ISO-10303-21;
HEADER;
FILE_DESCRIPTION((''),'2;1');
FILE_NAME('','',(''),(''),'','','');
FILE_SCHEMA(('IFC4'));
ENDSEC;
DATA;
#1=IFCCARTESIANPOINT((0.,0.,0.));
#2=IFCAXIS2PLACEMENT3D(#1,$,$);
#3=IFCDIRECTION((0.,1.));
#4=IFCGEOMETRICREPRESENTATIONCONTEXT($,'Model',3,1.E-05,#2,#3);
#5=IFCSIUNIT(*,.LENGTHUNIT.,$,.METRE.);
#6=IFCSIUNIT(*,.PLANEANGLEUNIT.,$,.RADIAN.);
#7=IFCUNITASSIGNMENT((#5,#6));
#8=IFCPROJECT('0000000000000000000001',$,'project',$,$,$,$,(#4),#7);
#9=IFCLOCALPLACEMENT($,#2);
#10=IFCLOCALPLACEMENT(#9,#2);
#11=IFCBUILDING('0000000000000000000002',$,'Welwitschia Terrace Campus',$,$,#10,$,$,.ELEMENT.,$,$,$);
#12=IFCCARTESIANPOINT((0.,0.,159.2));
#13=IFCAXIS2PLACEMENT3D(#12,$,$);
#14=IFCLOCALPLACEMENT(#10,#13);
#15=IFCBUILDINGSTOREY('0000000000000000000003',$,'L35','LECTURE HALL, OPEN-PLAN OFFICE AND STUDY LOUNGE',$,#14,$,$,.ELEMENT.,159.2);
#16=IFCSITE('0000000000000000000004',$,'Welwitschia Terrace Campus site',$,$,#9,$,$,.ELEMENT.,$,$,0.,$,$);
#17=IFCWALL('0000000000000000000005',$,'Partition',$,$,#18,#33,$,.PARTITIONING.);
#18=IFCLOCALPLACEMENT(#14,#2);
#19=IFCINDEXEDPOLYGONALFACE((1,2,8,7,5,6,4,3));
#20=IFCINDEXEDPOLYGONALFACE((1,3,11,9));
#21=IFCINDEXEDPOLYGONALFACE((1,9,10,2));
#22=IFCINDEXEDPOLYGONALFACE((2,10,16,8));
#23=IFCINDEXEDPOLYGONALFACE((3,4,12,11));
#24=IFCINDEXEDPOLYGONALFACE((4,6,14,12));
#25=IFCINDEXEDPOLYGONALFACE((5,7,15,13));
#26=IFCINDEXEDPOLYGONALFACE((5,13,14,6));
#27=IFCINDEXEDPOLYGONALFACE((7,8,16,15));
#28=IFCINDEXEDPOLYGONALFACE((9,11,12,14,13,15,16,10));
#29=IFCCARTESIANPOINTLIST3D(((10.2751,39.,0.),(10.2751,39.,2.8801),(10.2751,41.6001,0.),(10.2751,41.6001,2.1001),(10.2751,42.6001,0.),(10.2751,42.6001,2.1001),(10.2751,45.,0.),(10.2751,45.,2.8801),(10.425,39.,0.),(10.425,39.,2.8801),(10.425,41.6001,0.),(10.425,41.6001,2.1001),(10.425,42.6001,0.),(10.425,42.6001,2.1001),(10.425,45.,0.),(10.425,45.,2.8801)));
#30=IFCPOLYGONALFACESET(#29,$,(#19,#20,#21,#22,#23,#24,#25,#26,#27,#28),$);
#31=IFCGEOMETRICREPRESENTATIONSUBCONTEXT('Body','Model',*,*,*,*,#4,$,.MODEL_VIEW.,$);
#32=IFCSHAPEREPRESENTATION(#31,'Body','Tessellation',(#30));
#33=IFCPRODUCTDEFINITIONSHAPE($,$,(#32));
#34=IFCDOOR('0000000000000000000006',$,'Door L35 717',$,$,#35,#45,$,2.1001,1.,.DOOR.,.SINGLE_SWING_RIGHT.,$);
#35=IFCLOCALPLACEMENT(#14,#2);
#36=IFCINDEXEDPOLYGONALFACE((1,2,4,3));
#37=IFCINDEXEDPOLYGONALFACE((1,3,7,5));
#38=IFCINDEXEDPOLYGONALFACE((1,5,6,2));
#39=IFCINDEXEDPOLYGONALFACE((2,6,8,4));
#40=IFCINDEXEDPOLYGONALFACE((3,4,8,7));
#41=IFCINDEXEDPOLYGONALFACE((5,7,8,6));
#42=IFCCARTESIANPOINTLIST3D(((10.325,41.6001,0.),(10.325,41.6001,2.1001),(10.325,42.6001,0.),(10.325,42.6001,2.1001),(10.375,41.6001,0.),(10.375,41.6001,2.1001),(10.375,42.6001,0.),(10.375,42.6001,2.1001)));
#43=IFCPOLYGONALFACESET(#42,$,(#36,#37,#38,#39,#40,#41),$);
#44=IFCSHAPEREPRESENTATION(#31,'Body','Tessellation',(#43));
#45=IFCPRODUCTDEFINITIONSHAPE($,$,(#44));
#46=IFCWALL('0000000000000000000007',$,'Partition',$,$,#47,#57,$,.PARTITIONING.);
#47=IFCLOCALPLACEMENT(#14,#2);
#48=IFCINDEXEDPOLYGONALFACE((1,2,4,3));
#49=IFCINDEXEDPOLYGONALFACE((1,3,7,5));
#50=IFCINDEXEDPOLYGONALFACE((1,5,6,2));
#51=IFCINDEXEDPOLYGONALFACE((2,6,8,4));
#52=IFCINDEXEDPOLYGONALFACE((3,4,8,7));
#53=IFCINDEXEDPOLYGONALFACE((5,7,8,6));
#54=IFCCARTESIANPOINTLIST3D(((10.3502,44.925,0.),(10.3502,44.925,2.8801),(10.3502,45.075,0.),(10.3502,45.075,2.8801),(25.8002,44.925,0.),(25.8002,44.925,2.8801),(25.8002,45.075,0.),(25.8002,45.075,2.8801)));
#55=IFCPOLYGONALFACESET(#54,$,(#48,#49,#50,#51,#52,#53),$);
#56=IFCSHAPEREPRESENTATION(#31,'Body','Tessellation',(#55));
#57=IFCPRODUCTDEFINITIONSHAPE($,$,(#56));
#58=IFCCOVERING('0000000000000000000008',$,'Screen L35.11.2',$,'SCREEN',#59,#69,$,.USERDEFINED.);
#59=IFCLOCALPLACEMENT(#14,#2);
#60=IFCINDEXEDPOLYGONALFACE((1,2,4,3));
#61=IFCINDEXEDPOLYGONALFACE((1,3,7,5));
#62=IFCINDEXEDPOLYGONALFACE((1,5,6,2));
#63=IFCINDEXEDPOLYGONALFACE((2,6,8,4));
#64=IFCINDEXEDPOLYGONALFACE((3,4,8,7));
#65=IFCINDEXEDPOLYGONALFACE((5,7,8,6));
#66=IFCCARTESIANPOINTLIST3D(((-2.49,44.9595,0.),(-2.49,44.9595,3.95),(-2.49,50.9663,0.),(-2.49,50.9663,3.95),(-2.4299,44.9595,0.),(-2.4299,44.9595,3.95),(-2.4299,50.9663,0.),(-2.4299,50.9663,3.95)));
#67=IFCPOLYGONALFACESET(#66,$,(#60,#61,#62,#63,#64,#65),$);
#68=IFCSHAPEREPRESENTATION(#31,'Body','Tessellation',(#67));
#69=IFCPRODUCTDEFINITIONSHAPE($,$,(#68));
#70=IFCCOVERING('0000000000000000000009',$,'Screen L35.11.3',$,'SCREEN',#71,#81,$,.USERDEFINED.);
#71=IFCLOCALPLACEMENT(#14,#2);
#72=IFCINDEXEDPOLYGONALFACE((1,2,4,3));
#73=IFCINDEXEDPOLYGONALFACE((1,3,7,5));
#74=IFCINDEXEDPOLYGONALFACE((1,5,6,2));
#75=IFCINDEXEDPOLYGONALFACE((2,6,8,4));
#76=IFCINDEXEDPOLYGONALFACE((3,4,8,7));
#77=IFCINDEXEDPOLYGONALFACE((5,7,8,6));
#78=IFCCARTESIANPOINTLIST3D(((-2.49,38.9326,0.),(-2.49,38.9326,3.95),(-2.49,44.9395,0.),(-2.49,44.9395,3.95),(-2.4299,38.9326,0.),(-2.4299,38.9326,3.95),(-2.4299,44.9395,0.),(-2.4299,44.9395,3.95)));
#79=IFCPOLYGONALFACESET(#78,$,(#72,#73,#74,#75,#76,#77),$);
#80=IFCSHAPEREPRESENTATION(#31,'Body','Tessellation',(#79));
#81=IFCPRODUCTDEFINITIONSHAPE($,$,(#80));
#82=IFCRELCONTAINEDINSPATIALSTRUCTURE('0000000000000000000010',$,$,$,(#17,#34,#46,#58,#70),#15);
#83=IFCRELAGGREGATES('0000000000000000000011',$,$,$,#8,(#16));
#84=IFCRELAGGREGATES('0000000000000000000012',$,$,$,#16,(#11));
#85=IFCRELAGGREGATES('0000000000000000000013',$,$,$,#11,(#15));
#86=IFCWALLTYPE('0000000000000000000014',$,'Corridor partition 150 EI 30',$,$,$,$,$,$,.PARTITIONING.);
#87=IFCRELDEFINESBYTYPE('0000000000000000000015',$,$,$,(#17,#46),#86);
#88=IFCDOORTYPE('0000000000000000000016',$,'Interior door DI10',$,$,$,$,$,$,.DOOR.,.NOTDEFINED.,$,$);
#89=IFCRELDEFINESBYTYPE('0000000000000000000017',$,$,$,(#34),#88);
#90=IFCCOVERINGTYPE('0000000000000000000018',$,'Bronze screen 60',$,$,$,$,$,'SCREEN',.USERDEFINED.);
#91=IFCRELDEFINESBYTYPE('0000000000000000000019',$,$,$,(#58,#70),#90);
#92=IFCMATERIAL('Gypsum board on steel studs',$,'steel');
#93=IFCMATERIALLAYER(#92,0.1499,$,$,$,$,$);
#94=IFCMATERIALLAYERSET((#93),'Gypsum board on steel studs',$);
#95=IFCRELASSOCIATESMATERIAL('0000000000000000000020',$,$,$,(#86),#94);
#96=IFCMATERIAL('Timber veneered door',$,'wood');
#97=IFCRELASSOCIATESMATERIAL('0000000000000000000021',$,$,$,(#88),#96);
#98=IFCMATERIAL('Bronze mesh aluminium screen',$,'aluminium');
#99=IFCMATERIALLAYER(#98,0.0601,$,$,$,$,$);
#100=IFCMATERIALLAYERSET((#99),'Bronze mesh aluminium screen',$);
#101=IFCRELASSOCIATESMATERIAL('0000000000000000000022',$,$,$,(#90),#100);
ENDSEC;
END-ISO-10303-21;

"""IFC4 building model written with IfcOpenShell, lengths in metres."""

from ifc_helpers import new_model, si_unit, direction, frame, frame_2d, origin, origin_2d, place, context, subcontext, project, spatial, rectangle, extrude, material, layer, layer_set, type_object, element, fill, save


model = new_model("IFC4")

# Units and contexts
model_context = context("Model", 3, precision=1e-05, world=origin(), true_north=direction((0.0, 1.0)))
body_context = subcontext(model_context, "Body", "Model", "MODEL_VIEW")
ifc_project = project(units=[si_unit("LENGTHUNIT", "METRE"), si_unit("PLANEANGLEUNIT", "RADIAN")], contexts=[model_context])

# Site, building, storey
site_placement = place(None, origin())
site = spatial("IfcSite", under=ifc_project, at=site_placement, Name="Welwitschia Terrace Campus site", CompositionType="ELEMENT", RefElevation=0.0)
building_placement = place(site_placement, origin())
building = spatial("IfcBuilding", under=site, at=building_placement, Name="Welwitschia Terrace Campus", CompositionType="ELEMENT")
storey_placement = place(building_placement, frame((0.0, 0.0, 159.2)))
storey = spatial("IfcBuildingStorey", under=building, at=storey_placement, Name="L35", Description="LECTURE HALL, OPEN-PLAN OFFICE AND STUDY LOUNGE", CompositionType="ELEMENT", Elevation=159.2)

# Shared definitions
ifc_material_1 = material(Name="Gypsum board on steel studs", Category="steel")
ifc_layer_1 = layer(ifc_material_1, 0.1499)
ifc_layer_set_1 = layer_set([ifc_layer_1], Name="Gypsum board on steel studs")
wall_type = type_object("IfcWallType", Name="Corridor partition 150 EI 30", PredefinedType="PARTITIONING", material=ifc_layer_set_1)

# Shared definitions
ifc_material_2 = material(Name="Timber veneered door", Category="wood")
door_type = type_object("IfcDoorType", Name="Interior door DI10", OperationType="NOTDEFINED", PredefinedType="DOOR", material=ifc_material_2)

# Wall, opening, door
wall_1_placement = place(storey_placement, frame((10.3501, 45.0, 0.0), z_axis=(0.0, 0.0, 1.0), x_axis=(0.0, -1.0, 0.0)))
wall_1 = element("IfcWall", 1, at=wall_1_placement, inside=storey, type_object=wall_type, Name="Partition", PredefinedType="PARTITIONING", context=body_context, shape_type="SweptSolid", body=[
    extrude(rectangle(XDim=6.0, YDim=0.1499, at=frame_2d((3.0, 0.0))), origin(), (0.0, 0.0, 1.0), 2.8801),
])
opening_1_placement = place(wall_1_placement, frame((2.3999, 0.0, 0.0)))
opening_1 = element("IfcOpeningElement", 2, at=opening_1_placement, cuts=wall_1, PredefinedType="OPENING", context=body_context, shape_type="SweptSolid", body=[
    extrude(rectangle(XDim=1.0, YDim=2.1001, at=frame_2d((0.5, 1.05))), frame((0.0, 0.085, 0.0), z_axis=(0.0, -1.0, 0.0), x_axis=(1.0, 0.0, 0.0)), (0.0, 0.0, 1.0), 0.1699),
])
door_1_placement = place(opening_1_placement, origin())
door_1 = element("IfcDoor", 3, at=door_1_placement, inside=storey, type_object=door_type, Name="Door L35 717", OperationType="SINGLE_SWING_RIGHT", OverallHeight=2.1001, OverallWidth=1.0, PredefinedType="DOOR", context=body_context, shape_type="SweptSolid", body=[
    extrude(rectangle(XDim=1.0, YDim=2.1001, at=frame_2d((0.5, 1.05))), frame((0.0, 0.0249, 0.0), z_axis=(0.0, -1.0, 0.0), x_axis=(1.0, 0.0, 0.0)), (0.0, 0.0, 1.0), 0.05),
])
fill(opening_1, door_1)

# Wall
wall_2_placement = place(storey_placement, frame((10.3501, 45.0, 0.0), z_axis=(0.0, 0.0, 1.0), x_axis=(1.0, 0.0, 0.0)))
element("IfcWall", 4, at=wall_2_placement, inside=storey, type_object=wall_type, Name="Partition", PredefinedType="PARTITIONING", context=body_context, shape_type="SweptSolid", body=[
    extrude(rectangle(XDim=15.45, YDim=0.1499, at=frame_2d((7.7251, 0.0))), origin(), (0.0, 0.0, 1.0), 2.8801),
])

# Coverings
ifc_material_3 = material(Name="Bronze mesh aluminium screen", Category="aluminium")
ifc_layer_2 = layer(ifc_material_3, 0.0601)
ifc_layer_set_2 = layer_set([ifc_layer_2], Name="Bronze mesh aluminium screen")
covering_type = type_object("IfcCoveringType", Name="Bronze screen 60", ElementType="SCREEN", PredefinedType="USERDEFINED", material=ifc_layer_set_2)
for number, where, z_axis, x_axis, name in (
    (5, (-2.46, 47.9629, 0.0), (0.0, 0.0, 1.0), (0.0, -1.0, 0.0), "Screen L35.11.2"),
    (6, (-2.46, 41.936, 0.0), (0.0, 0.0, 1.0), (0.0, -1.0, 0.0), "Screen L35.11.3"),
):
    element("IfcCovering", number, at=place(storey_placement, frame(where, z_axis=z_axis, x_axis=x_axis)), inside=storey, type_object=covering_type, Name=name, ObjectType="SCREEN", PredefinedType="USERDEFINED", context=body_context, shape_type="SweptSolid", body=[
        extrude(rectangle(XDim=6.0068, YDim=0.0601, at=origin_2d()), origin(), (0.0, 0.0, 1.0), 3.95),
    ])

save(model, "model.ifc")
